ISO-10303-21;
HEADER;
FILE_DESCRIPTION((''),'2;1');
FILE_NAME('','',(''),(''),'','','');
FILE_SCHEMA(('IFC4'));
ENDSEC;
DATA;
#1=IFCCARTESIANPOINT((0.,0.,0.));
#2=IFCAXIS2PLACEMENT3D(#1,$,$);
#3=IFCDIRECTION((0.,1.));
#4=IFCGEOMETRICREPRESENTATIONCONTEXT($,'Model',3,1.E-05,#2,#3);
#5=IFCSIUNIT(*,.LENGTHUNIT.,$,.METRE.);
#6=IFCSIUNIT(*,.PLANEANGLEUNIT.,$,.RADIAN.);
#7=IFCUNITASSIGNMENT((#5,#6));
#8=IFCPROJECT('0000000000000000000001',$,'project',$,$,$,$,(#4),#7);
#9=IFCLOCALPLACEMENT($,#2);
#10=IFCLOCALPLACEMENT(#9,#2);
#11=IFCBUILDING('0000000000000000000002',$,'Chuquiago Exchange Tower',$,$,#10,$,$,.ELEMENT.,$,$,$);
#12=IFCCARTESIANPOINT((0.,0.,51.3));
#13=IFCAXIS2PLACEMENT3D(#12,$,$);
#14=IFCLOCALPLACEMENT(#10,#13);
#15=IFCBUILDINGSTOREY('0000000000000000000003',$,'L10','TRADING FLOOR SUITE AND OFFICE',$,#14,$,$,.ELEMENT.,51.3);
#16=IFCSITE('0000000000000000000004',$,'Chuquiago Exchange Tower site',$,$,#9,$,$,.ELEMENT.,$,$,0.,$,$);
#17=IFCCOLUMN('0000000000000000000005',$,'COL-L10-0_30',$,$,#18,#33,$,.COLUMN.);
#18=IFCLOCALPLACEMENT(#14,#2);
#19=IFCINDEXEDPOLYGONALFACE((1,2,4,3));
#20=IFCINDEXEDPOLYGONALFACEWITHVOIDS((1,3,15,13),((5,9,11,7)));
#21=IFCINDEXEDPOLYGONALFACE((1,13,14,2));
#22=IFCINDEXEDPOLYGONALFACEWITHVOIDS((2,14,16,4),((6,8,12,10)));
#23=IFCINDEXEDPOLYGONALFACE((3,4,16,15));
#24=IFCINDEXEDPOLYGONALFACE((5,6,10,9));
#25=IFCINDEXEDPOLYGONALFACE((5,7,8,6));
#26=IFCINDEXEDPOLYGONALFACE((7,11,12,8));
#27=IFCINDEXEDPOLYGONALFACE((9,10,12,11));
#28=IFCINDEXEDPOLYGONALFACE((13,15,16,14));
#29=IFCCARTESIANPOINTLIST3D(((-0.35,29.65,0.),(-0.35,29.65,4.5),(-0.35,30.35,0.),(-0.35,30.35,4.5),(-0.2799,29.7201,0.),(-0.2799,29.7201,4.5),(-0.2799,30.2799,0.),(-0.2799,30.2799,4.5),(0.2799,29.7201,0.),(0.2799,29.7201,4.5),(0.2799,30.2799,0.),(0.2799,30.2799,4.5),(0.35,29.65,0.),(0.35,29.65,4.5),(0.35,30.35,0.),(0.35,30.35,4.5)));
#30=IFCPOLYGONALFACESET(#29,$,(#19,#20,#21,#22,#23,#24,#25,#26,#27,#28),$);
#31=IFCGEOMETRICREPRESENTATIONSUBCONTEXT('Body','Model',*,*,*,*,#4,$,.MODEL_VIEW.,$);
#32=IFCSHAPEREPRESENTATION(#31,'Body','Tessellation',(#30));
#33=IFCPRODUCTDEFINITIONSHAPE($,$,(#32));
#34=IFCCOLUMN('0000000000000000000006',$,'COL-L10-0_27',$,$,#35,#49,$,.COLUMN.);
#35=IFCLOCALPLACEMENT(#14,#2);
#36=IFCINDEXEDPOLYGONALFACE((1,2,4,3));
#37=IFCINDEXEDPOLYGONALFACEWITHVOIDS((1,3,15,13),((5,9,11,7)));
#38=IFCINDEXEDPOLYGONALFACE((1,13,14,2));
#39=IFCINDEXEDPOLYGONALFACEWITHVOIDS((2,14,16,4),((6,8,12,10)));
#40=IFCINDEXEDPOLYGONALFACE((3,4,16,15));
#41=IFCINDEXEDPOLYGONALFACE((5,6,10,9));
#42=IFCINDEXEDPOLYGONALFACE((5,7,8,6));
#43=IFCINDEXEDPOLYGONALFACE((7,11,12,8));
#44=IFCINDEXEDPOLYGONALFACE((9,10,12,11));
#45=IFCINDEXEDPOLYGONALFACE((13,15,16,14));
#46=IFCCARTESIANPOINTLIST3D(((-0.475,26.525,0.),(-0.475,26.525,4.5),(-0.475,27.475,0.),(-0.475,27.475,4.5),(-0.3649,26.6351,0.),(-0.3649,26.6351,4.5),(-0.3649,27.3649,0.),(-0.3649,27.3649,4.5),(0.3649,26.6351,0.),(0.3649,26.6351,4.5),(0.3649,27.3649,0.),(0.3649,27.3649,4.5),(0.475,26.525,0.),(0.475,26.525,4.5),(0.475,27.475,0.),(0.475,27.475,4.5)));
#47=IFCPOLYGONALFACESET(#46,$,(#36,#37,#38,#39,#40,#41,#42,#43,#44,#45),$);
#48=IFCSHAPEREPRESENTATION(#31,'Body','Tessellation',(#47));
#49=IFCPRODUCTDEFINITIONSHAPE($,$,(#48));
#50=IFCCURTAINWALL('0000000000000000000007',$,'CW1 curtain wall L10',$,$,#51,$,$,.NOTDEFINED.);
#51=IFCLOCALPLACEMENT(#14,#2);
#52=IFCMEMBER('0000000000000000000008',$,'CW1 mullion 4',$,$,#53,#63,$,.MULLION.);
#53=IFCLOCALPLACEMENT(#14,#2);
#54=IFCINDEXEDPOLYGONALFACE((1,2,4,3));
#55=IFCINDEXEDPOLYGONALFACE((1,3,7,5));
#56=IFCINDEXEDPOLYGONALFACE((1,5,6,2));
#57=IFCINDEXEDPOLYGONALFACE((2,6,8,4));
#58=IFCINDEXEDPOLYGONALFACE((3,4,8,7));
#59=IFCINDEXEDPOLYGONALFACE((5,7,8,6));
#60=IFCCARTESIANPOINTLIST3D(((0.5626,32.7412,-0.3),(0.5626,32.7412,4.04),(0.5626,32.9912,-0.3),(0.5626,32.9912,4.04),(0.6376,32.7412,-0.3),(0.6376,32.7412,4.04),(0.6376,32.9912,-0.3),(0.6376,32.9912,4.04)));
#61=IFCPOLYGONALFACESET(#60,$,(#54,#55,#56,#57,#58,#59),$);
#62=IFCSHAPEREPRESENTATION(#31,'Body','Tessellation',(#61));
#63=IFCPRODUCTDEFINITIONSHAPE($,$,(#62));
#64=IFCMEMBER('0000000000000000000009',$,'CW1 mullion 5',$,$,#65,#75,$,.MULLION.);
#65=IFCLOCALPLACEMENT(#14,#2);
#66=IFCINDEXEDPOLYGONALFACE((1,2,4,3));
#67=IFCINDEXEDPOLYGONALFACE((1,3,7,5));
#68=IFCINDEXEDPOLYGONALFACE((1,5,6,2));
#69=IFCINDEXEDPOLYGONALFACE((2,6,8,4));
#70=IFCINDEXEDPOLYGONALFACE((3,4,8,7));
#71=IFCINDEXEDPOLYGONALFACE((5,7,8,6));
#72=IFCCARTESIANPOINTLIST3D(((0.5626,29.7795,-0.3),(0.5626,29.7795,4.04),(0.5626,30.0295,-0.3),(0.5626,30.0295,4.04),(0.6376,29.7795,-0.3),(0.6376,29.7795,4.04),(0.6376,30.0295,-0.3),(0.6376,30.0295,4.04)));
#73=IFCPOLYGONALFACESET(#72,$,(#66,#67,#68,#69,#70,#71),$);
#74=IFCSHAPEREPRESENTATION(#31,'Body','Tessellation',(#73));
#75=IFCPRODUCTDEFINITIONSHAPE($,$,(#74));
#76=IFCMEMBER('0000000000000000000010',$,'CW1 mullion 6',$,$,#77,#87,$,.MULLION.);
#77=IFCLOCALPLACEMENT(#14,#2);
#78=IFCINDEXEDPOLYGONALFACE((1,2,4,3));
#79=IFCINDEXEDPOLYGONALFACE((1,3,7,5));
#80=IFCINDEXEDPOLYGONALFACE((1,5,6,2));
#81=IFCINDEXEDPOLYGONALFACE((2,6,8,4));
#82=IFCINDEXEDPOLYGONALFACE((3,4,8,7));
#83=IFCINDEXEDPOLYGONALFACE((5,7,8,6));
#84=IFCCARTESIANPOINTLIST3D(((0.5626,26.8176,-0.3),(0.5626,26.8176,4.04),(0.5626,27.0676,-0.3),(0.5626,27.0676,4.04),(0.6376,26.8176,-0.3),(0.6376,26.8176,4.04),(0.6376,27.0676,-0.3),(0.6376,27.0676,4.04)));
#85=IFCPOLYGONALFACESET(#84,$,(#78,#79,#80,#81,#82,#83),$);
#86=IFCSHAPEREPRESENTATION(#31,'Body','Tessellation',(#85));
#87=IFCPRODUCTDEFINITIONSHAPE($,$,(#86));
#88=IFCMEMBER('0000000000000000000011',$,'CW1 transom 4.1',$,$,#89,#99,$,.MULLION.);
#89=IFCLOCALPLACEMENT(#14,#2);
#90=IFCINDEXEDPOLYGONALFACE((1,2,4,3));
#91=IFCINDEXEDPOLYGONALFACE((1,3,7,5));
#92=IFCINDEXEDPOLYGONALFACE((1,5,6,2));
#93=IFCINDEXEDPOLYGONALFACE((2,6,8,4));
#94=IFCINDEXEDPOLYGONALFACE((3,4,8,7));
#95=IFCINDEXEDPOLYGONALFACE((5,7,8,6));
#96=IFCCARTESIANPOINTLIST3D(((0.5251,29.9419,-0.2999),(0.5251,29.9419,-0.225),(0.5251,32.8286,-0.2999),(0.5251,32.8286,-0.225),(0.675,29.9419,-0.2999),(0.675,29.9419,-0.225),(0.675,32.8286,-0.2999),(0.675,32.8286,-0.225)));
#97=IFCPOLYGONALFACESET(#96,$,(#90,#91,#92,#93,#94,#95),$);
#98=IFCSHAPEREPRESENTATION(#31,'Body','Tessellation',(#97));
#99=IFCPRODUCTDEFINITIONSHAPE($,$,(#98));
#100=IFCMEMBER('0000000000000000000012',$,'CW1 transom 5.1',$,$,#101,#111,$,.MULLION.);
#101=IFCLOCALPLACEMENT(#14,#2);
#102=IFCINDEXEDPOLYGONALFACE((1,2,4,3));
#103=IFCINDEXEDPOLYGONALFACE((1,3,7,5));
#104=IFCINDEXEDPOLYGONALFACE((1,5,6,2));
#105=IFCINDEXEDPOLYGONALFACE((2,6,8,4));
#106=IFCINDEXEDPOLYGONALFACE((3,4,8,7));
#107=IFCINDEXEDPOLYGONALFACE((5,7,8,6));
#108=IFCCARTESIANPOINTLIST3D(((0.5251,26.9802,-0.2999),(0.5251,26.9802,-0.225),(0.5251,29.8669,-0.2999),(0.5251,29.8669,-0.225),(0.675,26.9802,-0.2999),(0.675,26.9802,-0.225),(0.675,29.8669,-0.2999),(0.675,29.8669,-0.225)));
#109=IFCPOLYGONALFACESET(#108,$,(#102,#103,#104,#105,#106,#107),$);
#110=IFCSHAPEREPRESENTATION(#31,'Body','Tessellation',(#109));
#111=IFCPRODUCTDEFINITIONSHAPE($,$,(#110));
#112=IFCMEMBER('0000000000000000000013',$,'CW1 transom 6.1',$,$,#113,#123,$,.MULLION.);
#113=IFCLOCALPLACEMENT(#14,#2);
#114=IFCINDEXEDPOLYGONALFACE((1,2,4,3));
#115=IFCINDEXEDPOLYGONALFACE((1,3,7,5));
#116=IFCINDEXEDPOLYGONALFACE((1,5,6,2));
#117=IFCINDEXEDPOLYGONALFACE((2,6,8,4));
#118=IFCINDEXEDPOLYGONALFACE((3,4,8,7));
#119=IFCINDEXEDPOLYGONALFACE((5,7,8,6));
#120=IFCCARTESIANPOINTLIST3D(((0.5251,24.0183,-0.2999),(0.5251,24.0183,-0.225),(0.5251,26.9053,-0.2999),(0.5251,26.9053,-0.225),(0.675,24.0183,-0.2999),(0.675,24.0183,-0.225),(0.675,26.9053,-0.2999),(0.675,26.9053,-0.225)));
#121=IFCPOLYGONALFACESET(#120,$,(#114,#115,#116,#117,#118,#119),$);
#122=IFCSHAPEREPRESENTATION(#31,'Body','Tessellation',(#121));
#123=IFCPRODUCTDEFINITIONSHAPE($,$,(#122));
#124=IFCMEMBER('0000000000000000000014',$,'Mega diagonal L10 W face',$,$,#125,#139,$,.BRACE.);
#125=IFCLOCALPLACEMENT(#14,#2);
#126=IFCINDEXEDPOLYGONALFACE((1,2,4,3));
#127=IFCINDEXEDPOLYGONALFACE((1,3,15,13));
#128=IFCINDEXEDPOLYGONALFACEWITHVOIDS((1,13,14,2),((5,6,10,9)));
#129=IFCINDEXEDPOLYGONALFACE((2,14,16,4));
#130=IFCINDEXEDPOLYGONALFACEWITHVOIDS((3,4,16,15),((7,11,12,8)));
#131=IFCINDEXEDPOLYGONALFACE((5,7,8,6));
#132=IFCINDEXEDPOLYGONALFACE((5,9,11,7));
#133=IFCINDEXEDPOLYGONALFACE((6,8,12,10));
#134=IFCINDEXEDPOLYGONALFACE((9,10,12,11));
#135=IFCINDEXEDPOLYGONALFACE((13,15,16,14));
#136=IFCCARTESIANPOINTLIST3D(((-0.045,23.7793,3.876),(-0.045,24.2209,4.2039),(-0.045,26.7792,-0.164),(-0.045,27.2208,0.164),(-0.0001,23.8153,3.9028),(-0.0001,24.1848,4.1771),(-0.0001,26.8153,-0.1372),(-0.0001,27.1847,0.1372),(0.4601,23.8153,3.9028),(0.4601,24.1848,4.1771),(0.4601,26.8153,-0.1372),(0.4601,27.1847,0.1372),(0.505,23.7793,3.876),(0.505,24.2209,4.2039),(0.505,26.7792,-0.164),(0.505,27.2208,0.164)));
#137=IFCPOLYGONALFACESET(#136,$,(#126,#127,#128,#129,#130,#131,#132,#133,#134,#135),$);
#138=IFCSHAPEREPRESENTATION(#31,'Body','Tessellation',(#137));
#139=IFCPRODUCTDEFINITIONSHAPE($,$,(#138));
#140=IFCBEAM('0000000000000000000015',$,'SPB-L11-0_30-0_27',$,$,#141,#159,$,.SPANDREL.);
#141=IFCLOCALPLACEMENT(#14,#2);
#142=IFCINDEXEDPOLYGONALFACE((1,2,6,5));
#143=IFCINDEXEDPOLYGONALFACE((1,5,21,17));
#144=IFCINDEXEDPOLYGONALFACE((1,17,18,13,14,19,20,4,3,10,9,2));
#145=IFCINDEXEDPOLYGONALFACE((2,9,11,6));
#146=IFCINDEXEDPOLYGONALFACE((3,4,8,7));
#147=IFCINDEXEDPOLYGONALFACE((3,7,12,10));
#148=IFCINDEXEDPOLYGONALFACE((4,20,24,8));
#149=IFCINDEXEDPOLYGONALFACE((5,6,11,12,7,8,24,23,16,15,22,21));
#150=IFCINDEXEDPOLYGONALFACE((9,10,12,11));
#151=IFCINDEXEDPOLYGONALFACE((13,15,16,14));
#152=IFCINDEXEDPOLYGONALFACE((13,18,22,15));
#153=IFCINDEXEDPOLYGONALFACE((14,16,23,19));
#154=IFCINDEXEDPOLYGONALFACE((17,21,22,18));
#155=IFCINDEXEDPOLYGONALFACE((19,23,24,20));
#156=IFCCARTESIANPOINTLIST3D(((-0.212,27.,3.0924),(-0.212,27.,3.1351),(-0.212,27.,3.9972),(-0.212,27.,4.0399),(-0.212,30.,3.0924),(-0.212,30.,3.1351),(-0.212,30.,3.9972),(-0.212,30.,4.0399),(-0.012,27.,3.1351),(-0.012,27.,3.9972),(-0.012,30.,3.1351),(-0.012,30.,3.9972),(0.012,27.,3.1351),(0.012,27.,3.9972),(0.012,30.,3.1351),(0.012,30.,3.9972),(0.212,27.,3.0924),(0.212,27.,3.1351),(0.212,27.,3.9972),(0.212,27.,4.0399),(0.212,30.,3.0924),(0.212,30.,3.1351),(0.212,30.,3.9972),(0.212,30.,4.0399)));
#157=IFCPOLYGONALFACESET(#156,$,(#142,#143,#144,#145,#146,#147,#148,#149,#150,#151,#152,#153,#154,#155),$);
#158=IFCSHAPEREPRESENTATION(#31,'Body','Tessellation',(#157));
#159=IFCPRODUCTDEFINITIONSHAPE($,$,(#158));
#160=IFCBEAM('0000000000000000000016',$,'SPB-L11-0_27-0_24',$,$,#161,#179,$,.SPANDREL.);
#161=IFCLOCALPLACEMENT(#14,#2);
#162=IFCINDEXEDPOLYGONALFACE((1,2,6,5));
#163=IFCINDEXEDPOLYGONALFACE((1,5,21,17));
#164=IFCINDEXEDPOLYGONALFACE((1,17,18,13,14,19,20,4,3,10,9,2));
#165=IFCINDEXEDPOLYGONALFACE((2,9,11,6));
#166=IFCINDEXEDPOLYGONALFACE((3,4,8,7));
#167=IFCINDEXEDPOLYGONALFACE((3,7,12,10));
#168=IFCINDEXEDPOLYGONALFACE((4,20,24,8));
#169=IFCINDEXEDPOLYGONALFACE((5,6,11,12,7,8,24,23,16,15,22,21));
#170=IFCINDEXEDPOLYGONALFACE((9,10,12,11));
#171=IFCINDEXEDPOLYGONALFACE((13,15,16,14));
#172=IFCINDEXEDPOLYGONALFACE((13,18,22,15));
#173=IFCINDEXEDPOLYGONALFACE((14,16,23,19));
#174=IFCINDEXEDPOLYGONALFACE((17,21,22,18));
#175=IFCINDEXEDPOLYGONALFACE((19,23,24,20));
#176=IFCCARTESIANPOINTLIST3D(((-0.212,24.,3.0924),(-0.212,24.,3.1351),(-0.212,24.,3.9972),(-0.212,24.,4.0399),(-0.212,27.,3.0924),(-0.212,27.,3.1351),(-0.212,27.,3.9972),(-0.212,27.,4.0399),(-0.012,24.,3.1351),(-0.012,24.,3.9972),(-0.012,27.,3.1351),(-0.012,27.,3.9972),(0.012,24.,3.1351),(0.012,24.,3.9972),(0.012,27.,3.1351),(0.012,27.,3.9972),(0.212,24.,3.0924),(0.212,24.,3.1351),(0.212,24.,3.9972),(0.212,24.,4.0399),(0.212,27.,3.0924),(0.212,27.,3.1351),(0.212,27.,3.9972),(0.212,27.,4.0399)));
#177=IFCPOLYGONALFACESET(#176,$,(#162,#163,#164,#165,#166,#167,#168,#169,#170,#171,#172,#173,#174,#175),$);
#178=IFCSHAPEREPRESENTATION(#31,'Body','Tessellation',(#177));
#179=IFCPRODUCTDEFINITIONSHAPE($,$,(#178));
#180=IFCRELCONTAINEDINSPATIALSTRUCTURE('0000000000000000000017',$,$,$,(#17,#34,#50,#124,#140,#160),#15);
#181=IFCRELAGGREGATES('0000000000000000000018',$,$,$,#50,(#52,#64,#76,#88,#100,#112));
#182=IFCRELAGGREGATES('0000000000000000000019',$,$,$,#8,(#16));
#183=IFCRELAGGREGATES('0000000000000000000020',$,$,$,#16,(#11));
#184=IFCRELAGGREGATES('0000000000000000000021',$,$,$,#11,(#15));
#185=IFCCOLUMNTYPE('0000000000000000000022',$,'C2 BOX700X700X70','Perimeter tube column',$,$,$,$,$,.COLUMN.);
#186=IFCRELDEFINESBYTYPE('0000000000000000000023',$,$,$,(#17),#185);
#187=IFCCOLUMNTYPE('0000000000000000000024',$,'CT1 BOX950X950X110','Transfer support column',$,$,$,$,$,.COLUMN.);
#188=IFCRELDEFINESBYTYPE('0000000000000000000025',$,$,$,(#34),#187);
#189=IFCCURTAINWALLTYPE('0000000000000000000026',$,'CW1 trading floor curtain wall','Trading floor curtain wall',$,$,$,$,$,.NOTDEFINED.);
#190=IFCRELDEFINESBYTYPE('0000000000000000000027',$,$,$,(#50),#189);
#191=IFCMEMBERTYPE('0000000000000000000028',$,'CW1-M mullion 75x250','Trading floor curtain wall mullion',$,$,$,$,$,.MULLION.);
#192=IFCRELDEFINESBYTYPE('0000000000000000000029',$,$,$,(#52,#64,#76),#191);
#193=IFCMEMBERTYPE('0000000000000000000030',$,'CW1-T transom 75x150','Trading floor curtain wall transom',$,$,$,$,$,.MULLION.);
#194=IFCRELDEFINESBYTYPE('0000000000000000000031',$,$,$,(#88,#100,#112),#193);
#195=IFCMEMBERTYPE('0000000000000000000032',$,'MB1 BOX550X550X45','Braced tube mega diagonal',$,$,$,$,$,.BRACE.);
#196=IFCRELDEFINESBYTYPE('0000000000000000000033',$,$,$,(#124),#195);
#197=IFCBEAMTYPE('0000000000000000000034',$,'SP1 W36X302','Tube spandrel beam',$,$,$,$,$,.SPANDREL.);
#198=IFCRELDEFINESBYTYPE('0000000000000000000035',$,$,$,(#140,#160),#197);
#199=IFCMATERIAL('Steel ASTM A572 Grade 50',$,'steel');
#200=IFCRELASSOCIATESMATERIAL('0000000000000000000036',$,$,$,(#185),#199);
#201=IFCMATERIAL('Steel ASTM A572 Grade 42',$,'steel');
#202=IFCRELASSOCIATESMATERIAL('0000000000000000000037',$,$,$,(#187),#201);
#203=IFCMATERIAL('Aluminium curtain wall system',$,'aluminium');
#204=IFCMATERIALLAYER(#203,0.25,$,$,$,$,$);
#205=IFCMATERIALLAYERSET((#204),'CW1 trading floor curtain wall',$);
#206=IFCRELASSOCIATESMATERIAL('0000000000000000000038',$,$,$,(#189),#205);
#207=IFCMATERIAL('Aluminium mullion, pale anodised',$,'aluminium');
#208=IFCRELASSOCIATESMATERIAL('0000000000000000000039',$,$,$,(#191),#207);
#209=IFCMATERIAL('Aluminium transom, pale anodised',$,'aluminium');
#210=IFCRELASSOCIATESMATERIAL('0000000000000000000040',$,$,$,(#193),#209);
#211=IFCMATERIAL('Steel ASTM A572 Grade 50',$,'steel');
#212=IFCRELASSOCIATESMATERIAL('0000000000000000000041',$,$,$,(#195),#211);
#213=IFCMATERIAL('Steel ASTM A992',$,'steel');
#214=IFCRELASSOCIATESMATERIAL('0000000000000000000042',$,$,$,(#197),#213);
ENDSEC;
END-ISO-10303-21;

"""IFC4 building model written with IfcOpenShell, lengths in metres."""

from ifc_helpers import new_model, si_unit, direction, frame, origin, origin_2d, place, context, subcontext, project, spatial, rectangle, hollow_rectangle, i_section, extrude, material, layer, layer_set, material_profile, profile_set, type_object, element, aggregate, save


model = new_model("IFC4")

# Units and contexts
model_context = context("Model", 3, precision=1e-05, world=origin(), true_north=direction((0.0, 1.0)))
body_context = subcontext(model_context, "Body", "Model", "MODEL_VIEW")
ifc_project = project(units=[si_unit("LENGTHUNIT", "METRE"), si_unit("PLANEANGLEUNIT", "RADIAN")], contexts=[model_context])

# Site, building, storey
site_placement = place(None, origin())
site = spatial("IfcSite", under=ifc_project, at=site_placement, Name="Chuquiago Exchange Tower site", CompositionType="ELEMENT", RefElevation=0.0)
building_placement = place(site_placement, origin())
building = spatial("IfcBuilding", under=site, at=building_placement, Name="Chuquiago Exchange Tower", CompositionType="ELEMENT")
storey_placement = place(building_placement, frame((0.0, 0.0, 51.3)))
storey = spatial("IfcBuildingStorey", under=building, at=storey_placement, Name="L10", Description="TRADING FLOOR SUITE AND OFFICE", CompositionType="ELEMENT", Elevation=51.3)

# Columns
ifc_material_1 = material(Name="Steel ASTM A572 Grade 50", Category="steel")
ifc_material_profile_1 = material_profile(ifc_material_1, hollow_rectangle(XDim=0.7, YDim=0.7, WallThickness=0.0701, at=origin_2d()), Name="BOX700X700X70")
ifc_profile_set_1 = profile_set([ifc_material_profile_1], Name="Steel ASTM A572 Grade 50")
column_type_1 = type_object("IfcColumnType", Name="C2 BOX700X700X70", Description="Perimeter tube column", PredefinedType="COLUMN", material=ifc_profile_set_1)
column_1_placement = place(storey_placement, frame((0.0, 30.0, 0.0), z_axis=(0.0, 0.0, 1.0), x_axis=(-1.0, 0.0, 0.0)))
element("IfcColumn", 1, at=column_1_placement, inside=storey, type_object=column_type_1, Name="COL-L10-0_30", PredefinedType="COLUMN", context=body_context, shape_type="SweptSolid", body=[
    extrude(hollow_rectangle(XDim=0.7, YDim=0.7, WallThickness=0.0701, at=origin_2d()), origin(), (0.0, 0.0, 1.0), 4.5),
])
ifc_material_2 = material(Name="Steel ASTM A572 Grade 42", Category="steel")
ifc_material_profile_2 = material_profile(ifc_material_2, hollow_rectangle(XDim=0.95, YDim=0.95, WallThickness=0.1101, at=origin_2d()), Name="BOX950X950X110")
ifc_profile_set_2 = profile_set([ifc_material_profile_2], Name="Steel ASTM A572 Grade 42")
column_type_2 = type_object("IfcColumnType", Name="CT1 BOX950X950X110", Description="Transfer support column", PredefinedType="COLUMN", material=ifc_profile_set_2)
column_2_placement = place(storey_placement, frame((0.0, 27.0, 0.0), z_axis=(0.0, 0.0, 1.0), x_axis=(-1.0, 0.0, 0.0)))
element("IfcColumn", 2, at=column_2_placement, inside=storey, type_object=column_type_2, Name="COL-L10-0_27", PredefinedType="COLUMN", context=body_context, shape_type="SweptSolid", body=[
    extrude(hollow_rectangle(XDim=0.95, YDim=0.95, WallThickness=0.1101, at=origin_2d()), origin(), (0.0, 0.0, 1.0), 4.5),
])

# Curtain wall, members
ifc_material_3 = material(Name="Aluminium curtain wall system", Category="aluminium")
ifc_layer_1 = layer(ifc_material_3, 0.25)
ifc_layer_set_1 = layer_set([ifc_layer_1], Name="CW1 trading floor curtain wall")
curtain_wall_type = type_object("IfcCurtainWallType", Name="CW1 trading floor curtain wall", Description="Trading floor curtain wall", PredefinedType="NOTDEFINED", material=ifc_layer_set_1)
curtain_wall_placement = place(storey_placement, origin())
curtain_wall = element("IfcCurtainWall", 3, at=curtain_wall_placement, inside=storey, type_object=curtain_wall_type, Name="CW1 curtain wall L10", PredefinedType="NOTDEFINED")
ifc_material_4 = material(Name="Aluminium mullion, pale anodised", Category="aluminium")
ifc_material_profile_3 = material_profile(ifc_material_4, rectangle(XDim=0.075, YDim=0.25, at=origin_2d()), Name="AL 75x250")
ifc_profile_set_3 = profile_set([ifc_material_profile_3], Name="Aluminium mullion, pale anodised")
member_type_1 = type_object("IfcMemberType", Name="CW1-M mullion 75x250", Description="Trading floor curtain wall mullion", PredefinedType="MULLION", material=ifc_profile_set_3)
member_1_placement = place(storey_placement, frame((0.6001, 32.8662, -0.3), z_axis=(0.0, 0.0, 1.0), x_axis=(1.0, 0.0, 0.0)))
member_1 = element("IfcMember", 4, at=member_1_placement, type_object=member_type_1, Name="CW1 mullion 4", PredefinedType="MULLION", context=body_context, shape_type="SweptSolid", body=[
    extrude(rectangle(XDim=0.075, YDim=0.25, at=origin_2d()), origin(), (0.0, 0.0, 1.0), 4.3401),
])
member_2_placement = place(storey_placement, frame((0.6001, 29.9045, -0.3), z_axis=(0.0, 0.0, 1.0), x_axis=(1.0, 0.0, 0.0)))
member_2 = element("IfcMember", 5, at=member_2_placement, type_object=member_type_1, Name="CW1 mullion 5", PredefinedType="MULLION", context=body_context, shape_type="SweptSolid", body=[
    extrude(rectangle(XDim=0.075, YDim=0.25, at=origin_2d()), origin(), (0.0, 0.0, 1.0), 4.3401),
])
member_3_placement = place(storey_placement, frame((0.6001, 26.9426, -0.3), z_axis=(0.0, 0.0, 1.0), x_axis=(1.0, 0.0, 0.0)))
member_3 = element("IfcMember", 6, at=member_3_placement, type_object=member_type_1, Name="CW1 mullion 6", PredefinedType="MULLION", context=body_context, shape_type="SweptSolid", body=[
    extrude(rectangle(XDim=0.075, YDim=0.25, at=origin_2d()), origin(), (0.0, 0.0, 1.0), 4.3401),
])
ifc_material_5 = material(Name="Aluminium transom, pale anodised", Category="aluminium")
ifc_material_profile_4 = material_profile(ifc_material_5, rectangle(XDim=0.1499, YDim=0.075, at=origin_2d()), Name="AL 150x75")
ifc_profile_set_4 = profile_set([ifc_material_profile_4], Name="Aluminium transom, pale anodised")
member_type_2 = type_object("IfcMemberType", Name="CW1-T transom 75x150", Description="Trading floor curtain wall transom", PredefinedType="MULLION", material=ifc_profile_set_4)
member_4_placement = place(storey_placement, frame((0.6001, 32.8286, -0.2625), z_axis=(0.0, -1.0, 0.0), x_axis=(1.0, 0.0, 0.0)))
member_4 = element("IfcMember", 7, at=member_4_placement, type_object=member_type_2, Name="CW1 transom 4.1", PredefinedType="MULLION", context=body_context, shape_type="SweptSolid", body=[
    extrude(rectangle(XDim=0.1499, YDim=0.075, at=origin_2d()), origin(), (0.0, 0.0, 1.0), 2.8867),
])
member_5_placement = place(storey_placement, frame((0.6001, 29.8669, -0.2625), z_axis=(0.0, -1.0, 0.0), x_axis=(1.0, 0.0, 0.0)))
member_5 = element("IfcMember", 8, at=member_5_placement, type_object=member_type_2, Name="CW1 transom 5.1", PredefinedType="MULLION", context=body_context, shape_type="SweptSolid", body=[
    extrude(rectangle(XDim=0.1499, YDim=0.075, at=origin_2d()), origin(), (0.0, 0.0, 1.0), 2.8867),
])
member_6_placement = place(storey_placement, frame((0.6001, 26.9053, -0.2625), z_axis=(0.0, -1.0, 0.0), x_axis=(1.0, 0.0, 0.0)))
member_6 = element("IfcMember", 9, at=member_6_placement, type_object=member_type_2, Name="CW1 transom 6.1", PredefinedType="MULLION", context=body_context, shape_type="SweptSolid", body=[
    extrude(rectangle(XDim=0.1499, YDim=0.075, at=origin_2d()), origin(), (0.0, 0.0, 1.0), 2.887),
])

# Member
ifc_material_6 = material(Name="Steel ASTM A572 Grade 50", Category="steel")
ifc_material_profile_5 = material_profile(ifc_material_6, hollow_rectangle(XDim=0.55, YDim=0.55, WallThickness=0.0449, at=origin_2d()), Name="BOX550X550X45")
ifc_profile_set_5 = profile_set([ifc_material_profile_5], Name="Steel ASTM A572 Grade 50")
member_type_3 = type_object("IfcMemberType", Name="MB1 BOX550X550X45", Description="Braced tube mega diagonal", PredefinedType="BRACE", material=ifc_profile_set_5)
member_7_placement = place(storey_placement, frame((0.23, 27.0, 0.0), z_axis=(0.0, -0.596174, 0.802855), x_axis=(1.0, 0.0, 0.0)))
element("IfcMember", 10, at=member_7_placement, inside=storey, type_object=member_type_3, Name="Mega diagonal L10 W face", PredefinedType="BRACE", context=body_context, shape_type="SweptSolid", body=[
    extrude(hollow_rectangle(XDim=0.55, YDim=0.55, WallThickness=0.0449, at=origin_2d()), origin(), (0.0, 0.0, 1.0), 5.032),
])

# Beams
ifc_material_7 = material(Name="Steel ASTM A992", Category="steel")
ifc_material_profile_6 = material_profile(ifc_material_7, i_section(OverallWidth=0.4241, OverallDepth=0.9475, WebThickness=0.0239, FlangeThickness=0.0427, at=origin_2d()), Name="W36X302")
ifc_profile_set_6 = profile_set([ifc_material_profile_6], Name="Steel ASTM A992")
beam_type = type_object("IfcBeamType", Name="SP1 W36X302", Description="Tube spandrel beam", PredefinedType="SPANDREL", material=ifc_profile_set_6)
for number, where, z_axis, x_axis, name in (
    (11, (0.0, 30.0, 3.5662), (0.0, -1.0, 0.0), (1.0, 0.0, 0.0), "SPB-L11-0_30-0_27"),
    (12, (0.0, 27.0, 3.5662), (0.0, -1.0, 0.0), (1.0, 0.0, 0.0), "SPB-L11-0_27-0_24"),
):
    element("IfcBeam", number, at=place(storey_placement, frame(where, z_axis=z_axis, x_axis=x_axis)), inside=storey, type_object=beam_type, Name=name, PredefinedType="SPANDREL", context=body_context, shape_type="SweptSolid", body=[
        extrude(i_section(OverallWidth=0.4241, OverallDepth=0.9475, WebThickness=0.0239, FlangeThickness=0.0427, at=origin_2d()), origin(), (0.0, 0.0, 1.0), 3.0),
    ])

aggregate(curtain_wall, [member_1, member_2, member_3, member_4, member_5, member_6])

save(model, "model.ifc")
